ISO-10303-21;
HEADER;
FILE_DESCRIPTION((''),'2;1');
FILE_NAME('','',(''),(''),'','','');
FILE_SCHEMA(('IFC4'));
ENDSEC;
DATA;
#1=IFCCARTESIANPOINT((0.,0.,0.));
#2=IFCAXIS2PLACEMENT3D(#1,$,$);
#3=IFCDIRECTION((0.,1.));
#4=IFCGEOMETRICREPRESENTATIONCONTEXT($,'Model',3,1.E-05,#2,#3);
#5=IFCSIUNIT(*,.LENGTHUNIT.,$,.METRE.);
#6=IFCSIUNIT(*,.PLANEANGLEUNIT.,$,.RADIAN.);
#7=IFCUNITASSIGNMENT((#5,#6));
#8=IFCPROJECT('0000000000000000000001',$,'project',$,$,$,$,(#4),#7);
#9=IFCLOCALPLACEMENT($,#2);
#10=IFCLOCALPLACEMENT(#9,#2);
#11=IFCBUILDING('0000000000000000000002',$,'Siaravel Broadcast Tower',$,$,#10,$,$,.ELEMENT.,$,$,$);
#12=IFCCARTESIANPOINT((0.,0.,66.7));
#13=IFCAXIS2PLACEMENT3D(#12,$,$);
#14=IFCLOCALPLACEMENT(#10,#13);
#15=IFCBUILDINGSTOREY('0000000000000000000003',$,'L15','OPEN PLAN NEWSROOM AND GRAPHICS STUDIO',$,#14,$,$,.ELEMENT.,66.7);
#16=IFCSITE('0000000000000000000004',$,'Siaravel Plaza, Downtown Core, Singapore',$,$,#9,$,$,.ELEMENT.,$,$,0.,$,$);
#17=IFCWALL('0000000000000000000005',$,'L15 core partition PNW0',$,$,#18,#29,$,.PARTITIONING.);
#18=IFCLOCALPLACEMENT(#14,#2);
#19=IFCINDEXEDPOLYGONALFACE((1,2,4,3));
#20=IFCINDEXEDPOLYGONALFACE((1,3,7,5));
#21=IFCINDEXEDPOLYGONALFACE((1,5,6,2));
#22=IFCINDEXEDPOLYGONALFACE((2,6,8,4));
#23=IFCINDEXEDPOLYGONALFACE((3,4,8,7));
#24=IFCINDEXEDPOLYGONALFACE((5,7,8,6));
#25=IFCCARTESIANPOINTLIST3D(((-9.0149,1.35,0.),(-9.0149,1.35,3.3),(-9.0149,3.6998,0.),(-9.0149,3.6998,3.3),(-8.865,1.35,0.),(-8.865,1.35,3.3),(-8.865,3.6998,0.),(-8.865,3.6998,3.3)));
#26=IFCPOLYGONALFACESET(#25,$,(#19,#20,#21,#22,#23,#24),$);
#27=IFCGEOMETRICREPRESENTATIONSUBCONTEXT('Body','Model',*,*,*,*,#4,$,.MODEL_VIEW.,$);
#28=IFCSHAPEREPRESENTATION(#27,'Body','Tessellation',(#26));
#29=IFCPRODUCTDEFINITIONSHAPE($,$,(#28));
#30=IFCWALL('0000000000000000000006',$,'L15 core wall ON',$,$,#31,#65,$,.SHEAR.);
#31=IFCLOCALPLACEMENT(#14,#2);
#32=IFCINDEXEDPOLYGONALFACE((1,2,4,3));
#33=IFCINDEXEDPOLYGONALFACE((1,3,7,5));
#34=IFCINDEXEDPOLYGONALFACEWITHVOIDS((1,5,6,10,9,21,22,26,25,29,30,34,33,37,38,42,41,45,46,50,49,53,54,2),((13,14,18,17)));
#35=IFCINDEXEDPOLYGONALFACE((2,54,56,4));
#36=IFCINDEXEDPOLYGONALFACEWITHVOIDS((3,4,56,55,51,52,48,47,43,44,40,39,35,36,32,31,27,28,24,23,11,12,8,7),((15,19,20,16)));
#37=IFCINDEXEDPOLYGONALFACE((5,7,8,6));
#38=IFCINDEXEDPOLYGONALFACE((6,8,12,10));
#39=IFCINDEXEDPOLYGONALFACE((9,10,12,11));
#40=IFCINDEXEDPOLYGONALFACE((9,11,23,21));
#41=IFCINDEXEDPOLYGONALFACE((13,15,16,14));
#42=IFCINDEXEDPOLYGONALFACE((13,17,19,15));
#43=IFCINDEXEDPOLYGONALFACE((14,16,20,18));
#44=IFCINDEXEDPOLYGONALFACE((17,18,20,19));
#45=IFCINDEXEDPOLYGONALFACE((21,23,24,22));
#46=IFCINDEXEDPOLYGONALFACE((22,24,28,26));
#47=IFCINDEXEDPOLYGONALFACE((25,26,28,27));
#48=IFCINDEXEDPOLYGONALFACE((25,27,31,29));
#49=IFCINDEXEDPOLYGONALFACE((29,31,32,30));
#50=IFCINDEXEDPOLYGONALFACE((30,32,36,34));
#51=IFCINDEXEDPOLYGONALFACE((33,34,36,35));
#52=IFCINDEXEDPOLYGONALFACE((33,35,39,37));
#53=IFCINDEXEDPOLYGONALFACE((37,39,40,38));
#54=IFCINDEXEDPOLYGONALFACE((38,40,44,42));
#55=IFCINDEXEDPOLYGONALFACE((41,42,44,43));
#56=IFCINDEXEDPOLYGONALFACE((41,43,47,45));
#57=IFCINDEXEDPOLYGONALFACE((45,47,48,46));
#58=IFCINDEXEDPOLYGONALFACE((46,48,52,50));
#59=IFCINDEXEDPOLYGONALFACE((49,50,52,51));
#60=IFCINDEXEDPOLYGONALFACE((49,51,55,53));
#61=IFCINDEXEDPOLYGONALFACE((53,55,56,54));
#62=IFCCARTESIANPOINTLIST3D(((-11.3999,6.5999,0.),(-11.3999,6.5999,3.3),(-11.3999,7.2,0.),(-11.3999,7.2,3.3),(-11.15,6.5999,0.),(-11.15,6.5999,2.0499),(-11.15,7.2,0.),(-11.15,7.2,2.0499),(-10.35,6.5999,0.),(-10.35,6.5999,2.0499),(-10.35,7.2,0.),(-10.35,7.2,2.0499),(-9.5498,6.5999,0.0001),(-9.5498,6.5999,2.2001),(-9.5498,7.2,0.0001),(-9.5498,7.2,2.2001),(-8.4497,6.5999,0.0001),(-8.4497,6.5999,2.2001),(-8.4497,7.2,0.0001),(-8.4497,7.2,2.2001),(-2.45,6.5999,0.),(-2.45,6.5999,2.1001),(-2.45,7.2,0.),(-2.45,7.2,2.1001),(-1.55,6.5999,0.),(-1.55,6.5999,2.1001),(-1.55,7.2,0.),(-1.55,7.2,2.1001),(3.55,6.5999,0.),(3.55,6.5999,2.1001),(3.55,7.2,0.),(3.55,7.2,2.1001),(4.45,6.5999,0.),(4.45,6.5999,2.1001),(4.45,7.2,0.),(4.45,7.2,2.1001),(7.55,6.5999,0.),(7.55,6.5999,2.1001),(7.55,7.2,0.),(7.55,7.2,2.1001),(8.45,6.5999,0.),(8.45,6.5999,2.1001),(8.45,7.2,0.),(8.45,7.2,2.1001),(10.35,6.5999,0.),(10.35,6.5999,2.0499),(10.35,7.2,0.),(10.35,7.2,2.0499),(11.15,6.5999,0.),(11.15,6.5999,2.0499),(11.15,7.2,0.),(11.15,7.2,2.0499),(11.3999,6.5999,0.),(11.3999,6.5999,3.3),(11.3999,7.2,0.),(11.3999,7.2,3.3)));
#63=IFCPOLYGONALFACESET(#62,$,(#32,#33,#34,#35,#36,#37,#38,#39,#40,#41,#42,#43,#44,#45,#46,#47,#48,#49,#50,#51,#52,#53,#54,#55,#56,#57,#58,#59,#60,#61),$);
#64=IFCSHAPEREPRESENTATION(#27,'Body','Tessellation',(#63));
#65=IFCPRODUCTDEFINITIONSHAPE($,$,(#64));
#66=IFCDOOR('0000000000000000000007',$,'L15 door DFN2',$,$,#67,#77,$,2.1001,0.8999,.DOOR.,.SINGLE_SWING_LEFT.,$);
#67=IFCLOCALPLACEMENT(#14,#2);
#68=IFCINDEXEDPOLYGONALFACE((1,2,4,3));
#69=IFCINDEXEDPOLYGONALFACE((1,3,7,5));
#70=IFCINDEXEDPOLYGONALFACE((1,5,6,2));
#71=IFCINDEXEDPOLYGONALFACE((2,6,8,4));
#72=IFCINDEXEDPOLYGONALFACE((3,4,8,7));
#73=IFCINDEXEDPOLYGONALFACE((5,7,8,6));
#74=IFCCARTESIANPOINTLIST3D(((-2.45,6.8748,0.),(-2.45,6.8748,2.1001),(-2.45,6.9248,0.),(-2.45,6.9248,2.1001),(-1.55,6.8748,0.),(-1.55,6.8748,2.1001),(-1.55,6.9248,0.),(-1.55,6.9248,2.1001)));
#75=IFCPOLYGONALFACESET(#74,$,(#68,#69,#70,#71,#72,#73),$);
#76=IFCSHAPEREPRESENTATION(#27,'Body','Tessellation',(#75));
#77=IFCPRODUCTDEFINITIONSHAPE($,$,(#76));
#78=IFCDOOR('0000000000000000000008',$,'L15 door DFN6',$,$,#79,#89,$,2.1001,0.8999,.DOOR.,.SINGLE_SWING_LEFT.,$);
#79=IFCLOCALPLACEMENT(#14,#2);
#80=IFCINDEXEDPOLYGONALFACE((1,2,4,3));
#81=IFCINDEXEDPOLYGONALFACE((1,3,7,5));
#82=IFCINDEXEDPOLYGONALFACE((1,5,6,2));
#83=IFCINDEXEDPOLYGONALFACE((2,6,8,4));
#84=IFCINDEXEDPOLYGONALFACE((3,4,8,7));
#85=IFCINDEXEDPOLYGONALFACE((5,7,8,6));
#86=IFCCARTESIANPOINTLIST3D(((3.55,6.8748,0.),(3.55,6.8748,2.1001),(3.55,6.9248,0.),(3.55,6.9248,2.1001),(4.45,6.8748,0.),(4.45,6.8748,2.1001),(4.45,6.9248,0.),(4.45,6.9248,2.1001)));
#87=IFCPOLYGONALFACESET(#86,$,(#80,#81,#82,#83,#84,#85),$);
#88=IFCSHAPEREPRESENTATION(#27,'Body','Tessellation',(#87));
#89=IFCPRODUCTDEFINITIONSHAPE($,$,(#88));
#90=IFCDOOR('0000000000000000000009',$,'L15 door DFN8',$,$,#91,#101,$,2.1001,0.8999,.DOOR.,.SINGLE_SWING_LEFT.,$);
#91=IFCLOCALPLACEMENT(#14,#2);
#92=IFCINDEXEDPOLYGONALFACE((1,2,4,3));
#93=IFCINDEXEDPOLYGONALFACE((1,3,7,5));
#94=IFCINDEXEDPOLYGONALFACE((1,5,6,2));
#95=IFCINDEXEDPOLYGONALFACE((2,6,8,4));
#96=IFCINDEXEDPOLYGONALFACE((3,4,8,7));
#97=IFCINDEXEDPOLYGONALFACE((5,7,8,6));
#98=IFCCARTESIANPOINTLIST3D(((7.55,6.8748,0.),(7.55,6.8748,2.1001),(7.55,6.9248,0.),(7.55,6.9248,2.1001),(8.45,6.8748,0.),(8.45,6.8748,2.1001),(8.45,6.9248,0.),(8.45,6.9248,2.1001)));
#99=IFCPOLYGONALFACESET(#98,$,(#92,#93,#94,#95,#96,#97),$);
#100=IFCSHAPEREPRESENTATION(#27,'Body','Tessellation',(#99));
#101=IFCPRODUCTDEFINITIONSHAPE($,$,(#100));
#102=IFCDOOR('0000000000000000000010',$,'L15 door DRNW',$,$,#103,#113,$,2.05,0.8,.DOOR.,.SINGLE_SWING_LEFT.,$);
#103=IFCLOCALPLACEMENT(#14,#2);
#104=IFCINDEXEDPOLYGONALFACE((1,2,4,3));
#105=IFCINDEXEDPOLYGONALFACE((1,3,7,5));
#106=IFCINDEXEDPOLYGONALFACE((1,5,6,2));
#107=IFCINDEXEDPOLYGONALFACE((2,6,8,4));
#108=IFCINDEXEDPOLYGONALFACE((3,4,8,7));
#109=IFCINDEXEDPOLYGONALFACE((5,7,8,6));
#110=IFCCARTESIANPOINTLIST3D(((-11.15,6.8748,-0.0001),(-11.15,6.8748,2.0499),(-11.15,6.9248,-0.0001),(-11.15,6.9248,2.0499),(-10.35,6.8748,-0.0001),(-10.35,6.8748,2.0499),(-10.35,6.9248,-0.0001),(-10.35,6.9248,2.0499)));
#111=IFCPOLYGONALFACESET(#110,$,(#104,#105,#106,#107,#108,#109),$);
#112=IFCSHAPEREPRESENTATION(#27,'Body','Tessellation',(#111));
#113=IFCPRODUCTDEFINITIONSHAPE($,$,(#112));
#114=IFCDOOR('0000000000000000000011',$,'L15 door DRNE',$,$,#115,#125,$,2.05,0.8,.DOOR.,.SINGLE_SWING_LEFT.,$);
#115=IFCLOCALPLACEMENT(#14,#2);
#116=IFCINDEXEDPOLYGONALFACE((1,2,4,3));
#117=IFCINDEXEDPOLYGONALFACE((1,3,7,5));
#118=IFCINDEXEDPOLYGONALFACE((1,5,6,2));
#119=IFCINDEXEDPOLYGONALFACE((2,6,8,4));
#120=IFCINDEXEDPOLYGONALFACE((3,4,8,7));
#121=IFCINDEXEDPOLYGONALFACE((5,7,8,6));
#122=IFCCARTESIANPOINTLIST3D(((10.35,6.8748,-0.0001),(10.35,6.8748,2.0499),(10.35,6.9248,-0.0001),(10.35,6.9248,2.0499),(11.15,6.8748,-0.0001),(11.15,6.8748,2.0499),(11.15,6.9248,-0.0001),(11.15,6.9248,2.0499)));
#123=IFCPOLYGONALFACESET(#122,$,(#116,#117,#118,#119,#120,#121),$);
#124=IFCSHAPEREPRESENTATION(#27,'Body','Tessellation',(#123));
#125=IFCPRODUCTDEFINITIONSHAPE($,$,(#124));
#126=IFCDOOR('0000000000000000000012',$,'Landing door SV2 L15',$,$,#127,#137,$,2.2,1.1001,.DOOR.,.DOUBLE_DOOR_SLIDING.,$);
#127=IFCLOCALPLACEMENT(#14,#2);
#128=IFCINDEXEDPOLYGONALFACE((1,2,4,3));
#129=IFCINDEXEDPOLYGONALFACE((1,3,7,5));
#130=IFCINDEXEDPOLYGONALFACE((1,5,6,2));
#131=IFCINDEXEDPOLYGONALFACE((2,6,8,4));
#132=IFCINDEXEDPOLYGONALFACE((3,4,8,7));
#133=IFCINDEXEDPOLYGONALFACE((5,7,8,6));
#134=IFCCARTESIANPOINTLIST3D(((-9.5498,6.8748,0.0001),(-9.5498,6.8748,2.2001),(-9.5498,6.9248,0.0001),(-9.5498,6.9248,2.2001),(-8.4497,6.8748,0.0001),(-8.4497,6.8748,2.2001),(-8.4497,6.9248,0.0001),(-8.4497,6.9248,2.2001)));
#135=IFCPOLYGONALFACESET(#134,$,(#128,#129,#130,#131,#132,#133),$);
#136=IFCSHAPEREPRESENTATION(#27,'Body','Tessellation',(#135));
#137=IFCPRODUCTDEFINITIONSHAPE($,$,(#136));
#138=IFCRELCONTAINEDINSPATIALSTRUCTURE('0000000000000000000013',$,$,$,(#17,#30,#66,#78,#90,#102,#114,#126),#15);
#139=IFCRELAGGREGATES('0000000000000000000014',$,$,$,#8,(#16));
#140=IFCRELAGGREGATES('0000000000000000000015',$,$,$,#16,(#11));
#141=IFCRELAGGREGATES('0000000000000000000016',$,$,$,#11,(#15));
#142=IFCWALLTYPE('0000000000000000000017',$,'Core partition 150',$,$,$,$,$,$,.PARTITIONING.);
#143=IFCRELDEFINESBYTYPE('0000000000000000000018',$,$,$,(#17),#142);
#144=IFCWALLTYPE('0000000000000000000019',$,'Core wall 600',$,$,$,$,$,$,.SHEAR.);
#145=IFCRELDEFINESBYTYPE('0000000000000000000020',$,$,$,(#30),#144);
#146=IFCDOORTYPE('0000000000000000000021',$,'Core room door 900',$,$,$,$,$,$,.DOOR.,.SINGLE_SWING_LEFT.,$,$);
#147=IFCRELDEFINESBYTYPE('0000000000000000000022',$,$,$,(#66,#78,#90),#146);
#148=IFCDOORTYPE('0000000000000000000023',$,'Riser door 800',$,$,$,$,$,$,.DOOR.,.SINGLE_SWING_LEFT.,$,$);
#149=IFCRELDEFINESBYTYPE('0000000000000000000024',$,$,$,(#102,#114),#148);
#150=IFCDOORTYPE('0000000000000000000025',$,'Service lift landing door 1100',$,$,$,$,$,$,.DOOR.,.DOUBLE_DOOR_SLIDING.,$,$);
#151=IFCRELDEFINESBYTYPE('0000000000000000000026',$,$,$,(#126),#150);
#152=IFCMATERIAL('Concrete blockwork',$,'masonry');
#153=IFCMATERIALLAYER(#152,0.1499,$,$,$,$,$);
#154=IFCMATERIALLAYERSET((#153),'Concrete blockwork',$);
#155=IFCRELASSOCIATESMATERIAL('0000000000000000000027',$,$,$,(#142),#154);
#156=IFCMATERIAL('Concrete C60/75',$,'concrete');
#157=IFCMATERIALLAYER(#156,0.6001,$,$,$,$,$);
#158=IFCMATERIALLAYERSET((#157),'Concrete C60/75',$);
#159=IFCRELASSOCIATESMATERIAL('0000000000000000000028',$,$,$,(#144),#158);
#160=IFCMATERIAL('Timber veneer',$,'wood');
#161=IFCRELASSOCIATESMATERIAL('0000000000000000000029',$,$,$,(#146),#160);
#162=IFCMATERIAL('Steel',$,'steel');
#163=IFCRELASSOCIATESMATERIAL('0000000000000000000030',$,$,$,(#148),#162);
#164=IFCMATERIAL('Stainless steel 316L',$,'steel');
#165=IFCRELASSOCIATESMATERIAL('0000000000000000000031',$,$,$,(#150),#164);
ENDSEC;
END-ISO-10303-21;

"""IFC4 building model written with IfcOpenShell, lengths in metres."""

from ifc_helpers import new_model, si_unit, direction, frame, frame_2d, origin, place, context, subcontext, project, spatial, rectangle, extrude, material, layer, layer_set, type_object, element, fill, save


model = new_model("IFC4")

# Units and contexts
model_context = context("Model", 3, precision=1e-05, world=origin(), true_north=direction((0.0, 1.0)))
body_context = subcontext(model_context, "Body", "Model", "MODEL_VIEW")
ifc_project = project(units=[si_unit("LENGTHUNIT", "METRE"), si_unit("PLANEANGLEUNIT", "RADIAN")], contexts=[model_context])

# Site, building, storey
site_placement = place(None, origin())
site = spatial("IfcSite", under=ifc_project, at=site_placement, Name="Siaravel Plaza, Downtown Core, Singapore", CompositionType="ELEMENT", RefElevation=0.0)
building_placement = place(site_placement, origin())
building = spatial("IfcBuilding", under=site, at=building_placement, Name="Siaravel Broadcast Tower", CompositionType="ELEMENT")
storey_placement = place(building_placement, frame((0.0, 0.0, 66.7)))
storey = spatial("IfcBuildingStorey", under=building, at=storey_placement, Name="L15", Description="OPEN PLAN NEWSROOM AND GRAPHICS STUDIO", CompositionType="ELEMENT", Elevation=66.7)

# Wall
ifc_material_1 = material(Name="Concrete blockwork", Category="masonry")
ifc_layer_1 = layer(ifc_material_1, 0.1499)
ifc_layer_set_1 = layer_set([ifc_layer_1], Name="Concrete blockwork")
wall_type_1 = type_object("IfcWallType", Name="Core partition 150", PredefinedType="PARTITIONING", material=ifc_layer_set_1)
wall_1_placement = place(storey_placement, frame((-8.9399, 1.3501, 0.0), z_axis=(0.0, 0.0, 1.0), x_axis=(0.0, 1.0, 0.0)))
element("IfcWall", 1, at=wall_1_placement, inside=storey, type_object=wall_type_1, Name="L15 core partition PNW0", PredefinedType="PARTITIONING", context=body_context, shape_type="SweptSolid", body=[
    extrude(rectangle(XDim=2.3499, YDim=0.1499, at=frame_2d((1.1748, 0.0))), origin(), (0.0, 0.0, 1.0), 3.3),
])

# Wall, openings, doors
ifc_material_2 = material(Name="Concrete C60/75", Category="concrete")
ifc_layer_2 = layer(ifc_material_2, 0.6001)
ifc_layer_set_2 = layer_set([ifc_layer_2], Name="Concrete C60/75")
wall_type_2 = type_object("IfcWallType", Name="Core wall 600", PredefinedType="SHEAR", material=ifc_layer_set_2)
wall_2_placement = place(storey_placement, frame((-11.3999, 6.8999, 0.0), z_axis=(0.0, 0.0, 1.0), x_axis=(1.0, 0.0, 0.0)))
wall_2 = element("IfcWall", 2, at=wall_2_placement, inside=storey, type_object=wall_type_2, Name="L15 core wall ON", PredefinedType="SHEAR", context=body_context, shape_type="SweptSolid", body=[
    extrude(rectangle(XDim=22.7998, YDim=0.6001, at=frame_2d((11.3999, 0.0))), origin(), (0.0, 0.0, 1.0), 3.3),
])
opening_1_placement = place(wall_2_placement, frame((1.8501, 0.0, 0.0)))
opening_1 = element("IfcOpeningElement", 3, at=opening_1_placement, cuts=wall_2, PredefinedType="OPENING", context=body_context, shape_type="SweptSolid", body=[
    extrude(rectangle(XDim=1.1001, YDim=2.2, at=frame_2d((0.55, 1.1001))), frame((0.0, 0.3101, 0.0), z_axis=(0.0, -1.0, 0.0), x_axis=(1.0, 0.0, 0.0)), (0.0, 0.0, 1.0), 0.6201),
])
opening_2_placement = place(wall_2_placement, frame((8.95, 0.0, 0.0)))
opening_2 = element("IfcOpeningElement", 4, at=opening_2_placement, cuts=wall_2, PredefinedType="OPENING", context=body_context, shape_type="SweptSolid", body=[
    extrude(rectangle(XDim=0.8999, YDim=2.1001, at=frame_2d((0.45, 1.05))), frame((0.0, 0.3101, 0.0), z_axis=(0.0, -1.0, 0.0), x_axis=(1.0, 0.0, 0.0)), (0.0, 0.0, 1.0), 0.6201),
])
opening_3_placement = place(wall_2_placement, frame((14.95, 0.0, 0.0)))
opening_3 = element("IfcOpeningElement", 5, at=opening_3_placement, cuts=wall_2, PredefinedType="OPENING", context=body_context, shape_type="SweptSolid", body=[
    extrude(rectangle(XDim=0.8999, YDim=2.1001, at=frame_2d((0.45, 1.05))), frame((0.0, 0.3101, 0.0), z_axis=(0.0, -1.0, 0.0), x_axis=(1.0, 0.0, 0.0)), (0.0, 0.0, 1.0), 0.6201),
])
opening_4_placement = place(wall_2_placement, frame((18.95, 0.0, 0.0)))
opening_4 = element("IfcOpeningElement", 6, at=opening_4_placement, cuts=wall_2, PredefinedType="OPENING", context=body_context, shape_type="SweptSolid", body=[
    extrude(rectangle(XDim=0.8999, YDim=2.1001, at=frame_2d((0.45, 1.05))), frame((0.0, 0.3101, 0.0), z_axis=(0.0, -1.0, 0.0), x_axis=(1.0, 0.0, 0.0)), (0.0, 0.0, 1.0), 0.6201),
])
opening_5_placement = place(wall_2_placement, frame((0.25, 0.0, 0.0)))
opening_5 = element("IfcOpeningElement", 7, at=opening_5_placement, cuts=wall_2, PredefinedType="OPENING", context=body_context, shape_type="SweptSolid", body=[
    extrude(rectangle(XDim=0.8, YDim=2.05, at=frame_2d((0.3999, 1.0249))), frame((0.0, 0.3101, 0.0), z_axis=(0.0, -1.0, 0.0), x_axis=(1.0, 0.0, 0.0)), (0.0, 0.0, 1.0), 0.6201),
])
opening_6_placement = place(wall_2_placement, frame((21.75, 0.0, 0.0)))
opening_6 = element("IfcOpeningElement", 8, at=opening_6_placement, cuts=wall_2, PredefinedType="OPENING", context=body_context, shape_type="SweptSolid", body=[
    extrude(rectangle(XDim=0.8, YDim=2.05, at=frame_2d((0.3999, 1.0249))), frame((0.0, 0.3101, 0.0), z_axis=(0.0, -1.0, 0.0), x_axis=(1.0, 0.0, 0.0)), (0.0, 0.0, 1.0), 0.6201),
])
ifc_material_3 = material(Name="Timber veneer", Category="wood")
door_type_1 = type_object("IfcDoorType", Name="Core room door 900", OperationType="SINGLE_SWING_LEFT", PredefinedType="DOOR", material=ifc_material_3)
door_1_placement = place(opening_2_placement, origin())
door_1 = element("IfcDoor", 9, at=door_1_placement, inside=storey, type_object=door_type_1, Name="L15 door DFN2", OperationType="SINGLE_SWING_LEFT", OverallHeight=2.1001, OverallWidth=0.8999, PredefinedType="DOOR", context=body_context, shape_type="SweptSolid", body=[
    extrude(rectangle(XDim=0.8999, YDim=2.1001, at=frame_2d((0.45, 1.05))), frame((0.0, 0.0249, 0.0), z_axis=(0.0, -1.0, 0.0), x_axis=(1.0, 0.0, 0.0)), (0.0, 0.0, 1.0), 0.05),
])
fill(opening_2, door_1)
door_2_placement = place(opening_3_placement, origin())
door_2 = element("IfcDoor", 10, at=door_2_placement, inside=storey, type_object=door_type_1, Name="L15 door DFN6", OperationType="SINGLE_SWING_LEFT", OverallHeight=2.1001, OverallWidth=0.8999, PredefinedType="DOOR", context=body_context, shape_type="SweptSolid", body=[
    extrude(rectangle(XDim=0.8999, YDim=2.1001, at=frame_2d((0.45, 1.05))), frame((0.0, 0.0249, 0.0), z_axis=(0.0, -1.0, 0.0), x_axis=(1.0, 0.0, 0.0)), (0.0, 0.0, 1.0), 0.05),
])
fill(opening_3, door_2)
door_3_placement = place(opening_4_placement, origin())
door_3 = element("IfcDoor", 11, at=door_3_placement, inside=storey, type_object=door_type_1, Name="L15 door DFN8", OperationType="SINGLE_SWING_LEFT", OverallHeight=2.1001, OverallWidth=0.8999, PredefinedType="DOOR", context=body_context, shape_type="SweptSolid", body=[
    extrude(rectangle(XDim=0.8999, YDim=2.1001, at=frame_2d((0.45, 1.05))), frame((0.0, 0.0249, 0.0), z_axis=(0.0, -1.0, 0.0), x_axis=(1.0, 0.0, 0.0)), (0.0, 0.0, 1.0), 0.05),
])
fill(opening_4, door_3)
ifc_material_4 = material(Name="Steel", Category="steel")
door_type_2 = type_object("IfcDoorType", Name="Riser door 800", OperationType="SINGLE_SWING_LEFT", PredefinedType="DOOR", material=ifc_material_4)
door_4_placement = place(opening_5_placement, origin())
door_4 = element("IfcDoor", 12, at=door_4_placement, inside=storey, type_object=door_type_2, Name="L15 door DRNW", OperationType="SINGLE_SWING_LEFT", OverallHeight=2.05, OverallWidth=0.8, PredefinedType="DOOR", context=body_context, shape_type="SweptSolid", body=[
    extrude(rectangle(XDim=0.8, YDim=2.05, at=frame_2d((0.3999, 1.0249))), frame((0.0, 0.0249, 0.0), z_axis=(0.0, -1.0, 0.0), x_axis=(1.0, 0.0, 0.0)), (0.0, 0.0, 1.0), 0.05),
])
fill(opening_5, door_4)
door_5_placement = place(opening_6_placement, origin())
door_5 = element("IfcDoor", 13, at=door_5_placement, inside=storey, type_object=door_type_2, Name="L15 door DRNE", OperationType="SINGLE_SWING_LEFT", OverallHeight=2.05, OverallWidth=0.8, PredefinedType="DOOR", context=body_context, shape_type="SweptSolid", body=[
    extrude(rectangle(XDim=0.8, YDim=2.05, at=frame_2d((0.3999, 1.0249))), frame((0.0, 0.0249, 0.0), z_axis=(0.0, -1.0, 0.0), x_axis=(1.0, 0.0, 0.0)), (0.0, 0.0, 1.0), 0.05),
])
fill(opening_6, door_5)
ifc_material_5 = material(Name="Stainless steel 316L", Category="steel")
door_type_3 = type_object("IfcDoorType", Name="Service lift landing door 1100", OperationType="DOUBLE_DOOR_SLIDING", PredefinedType="DOOR", material=ifc_material_5)
door_6_placement = place(opening_1_placement, origin())
door_6 = element("IfcDoor", 14, at=door_6_placement, inside=storey, type_object=door_type_3, Name="Landing door SV2 L15", OperationType="DOUBLE_DOOR_SLIDING", OverallHeight=2.2, OverallWidth=1.1001, PredefinedType="DOOR", context=body_context, shape_type="SweptSolid", body=[
    extrude(rectangle(XDim=1.1001, YDim=2.2, at=frame_2d((0.55, 1.1001))), frame((0.0, 0.0249, 0.0), z_axis=(0.0, -1.0, 0.0), x_axis=(1.0, 0.0, 0.0)), (0.0, 0.0, 1.0), 0.05),
])
fill(opening_1, door_6)

save(model, "model.ifc")
